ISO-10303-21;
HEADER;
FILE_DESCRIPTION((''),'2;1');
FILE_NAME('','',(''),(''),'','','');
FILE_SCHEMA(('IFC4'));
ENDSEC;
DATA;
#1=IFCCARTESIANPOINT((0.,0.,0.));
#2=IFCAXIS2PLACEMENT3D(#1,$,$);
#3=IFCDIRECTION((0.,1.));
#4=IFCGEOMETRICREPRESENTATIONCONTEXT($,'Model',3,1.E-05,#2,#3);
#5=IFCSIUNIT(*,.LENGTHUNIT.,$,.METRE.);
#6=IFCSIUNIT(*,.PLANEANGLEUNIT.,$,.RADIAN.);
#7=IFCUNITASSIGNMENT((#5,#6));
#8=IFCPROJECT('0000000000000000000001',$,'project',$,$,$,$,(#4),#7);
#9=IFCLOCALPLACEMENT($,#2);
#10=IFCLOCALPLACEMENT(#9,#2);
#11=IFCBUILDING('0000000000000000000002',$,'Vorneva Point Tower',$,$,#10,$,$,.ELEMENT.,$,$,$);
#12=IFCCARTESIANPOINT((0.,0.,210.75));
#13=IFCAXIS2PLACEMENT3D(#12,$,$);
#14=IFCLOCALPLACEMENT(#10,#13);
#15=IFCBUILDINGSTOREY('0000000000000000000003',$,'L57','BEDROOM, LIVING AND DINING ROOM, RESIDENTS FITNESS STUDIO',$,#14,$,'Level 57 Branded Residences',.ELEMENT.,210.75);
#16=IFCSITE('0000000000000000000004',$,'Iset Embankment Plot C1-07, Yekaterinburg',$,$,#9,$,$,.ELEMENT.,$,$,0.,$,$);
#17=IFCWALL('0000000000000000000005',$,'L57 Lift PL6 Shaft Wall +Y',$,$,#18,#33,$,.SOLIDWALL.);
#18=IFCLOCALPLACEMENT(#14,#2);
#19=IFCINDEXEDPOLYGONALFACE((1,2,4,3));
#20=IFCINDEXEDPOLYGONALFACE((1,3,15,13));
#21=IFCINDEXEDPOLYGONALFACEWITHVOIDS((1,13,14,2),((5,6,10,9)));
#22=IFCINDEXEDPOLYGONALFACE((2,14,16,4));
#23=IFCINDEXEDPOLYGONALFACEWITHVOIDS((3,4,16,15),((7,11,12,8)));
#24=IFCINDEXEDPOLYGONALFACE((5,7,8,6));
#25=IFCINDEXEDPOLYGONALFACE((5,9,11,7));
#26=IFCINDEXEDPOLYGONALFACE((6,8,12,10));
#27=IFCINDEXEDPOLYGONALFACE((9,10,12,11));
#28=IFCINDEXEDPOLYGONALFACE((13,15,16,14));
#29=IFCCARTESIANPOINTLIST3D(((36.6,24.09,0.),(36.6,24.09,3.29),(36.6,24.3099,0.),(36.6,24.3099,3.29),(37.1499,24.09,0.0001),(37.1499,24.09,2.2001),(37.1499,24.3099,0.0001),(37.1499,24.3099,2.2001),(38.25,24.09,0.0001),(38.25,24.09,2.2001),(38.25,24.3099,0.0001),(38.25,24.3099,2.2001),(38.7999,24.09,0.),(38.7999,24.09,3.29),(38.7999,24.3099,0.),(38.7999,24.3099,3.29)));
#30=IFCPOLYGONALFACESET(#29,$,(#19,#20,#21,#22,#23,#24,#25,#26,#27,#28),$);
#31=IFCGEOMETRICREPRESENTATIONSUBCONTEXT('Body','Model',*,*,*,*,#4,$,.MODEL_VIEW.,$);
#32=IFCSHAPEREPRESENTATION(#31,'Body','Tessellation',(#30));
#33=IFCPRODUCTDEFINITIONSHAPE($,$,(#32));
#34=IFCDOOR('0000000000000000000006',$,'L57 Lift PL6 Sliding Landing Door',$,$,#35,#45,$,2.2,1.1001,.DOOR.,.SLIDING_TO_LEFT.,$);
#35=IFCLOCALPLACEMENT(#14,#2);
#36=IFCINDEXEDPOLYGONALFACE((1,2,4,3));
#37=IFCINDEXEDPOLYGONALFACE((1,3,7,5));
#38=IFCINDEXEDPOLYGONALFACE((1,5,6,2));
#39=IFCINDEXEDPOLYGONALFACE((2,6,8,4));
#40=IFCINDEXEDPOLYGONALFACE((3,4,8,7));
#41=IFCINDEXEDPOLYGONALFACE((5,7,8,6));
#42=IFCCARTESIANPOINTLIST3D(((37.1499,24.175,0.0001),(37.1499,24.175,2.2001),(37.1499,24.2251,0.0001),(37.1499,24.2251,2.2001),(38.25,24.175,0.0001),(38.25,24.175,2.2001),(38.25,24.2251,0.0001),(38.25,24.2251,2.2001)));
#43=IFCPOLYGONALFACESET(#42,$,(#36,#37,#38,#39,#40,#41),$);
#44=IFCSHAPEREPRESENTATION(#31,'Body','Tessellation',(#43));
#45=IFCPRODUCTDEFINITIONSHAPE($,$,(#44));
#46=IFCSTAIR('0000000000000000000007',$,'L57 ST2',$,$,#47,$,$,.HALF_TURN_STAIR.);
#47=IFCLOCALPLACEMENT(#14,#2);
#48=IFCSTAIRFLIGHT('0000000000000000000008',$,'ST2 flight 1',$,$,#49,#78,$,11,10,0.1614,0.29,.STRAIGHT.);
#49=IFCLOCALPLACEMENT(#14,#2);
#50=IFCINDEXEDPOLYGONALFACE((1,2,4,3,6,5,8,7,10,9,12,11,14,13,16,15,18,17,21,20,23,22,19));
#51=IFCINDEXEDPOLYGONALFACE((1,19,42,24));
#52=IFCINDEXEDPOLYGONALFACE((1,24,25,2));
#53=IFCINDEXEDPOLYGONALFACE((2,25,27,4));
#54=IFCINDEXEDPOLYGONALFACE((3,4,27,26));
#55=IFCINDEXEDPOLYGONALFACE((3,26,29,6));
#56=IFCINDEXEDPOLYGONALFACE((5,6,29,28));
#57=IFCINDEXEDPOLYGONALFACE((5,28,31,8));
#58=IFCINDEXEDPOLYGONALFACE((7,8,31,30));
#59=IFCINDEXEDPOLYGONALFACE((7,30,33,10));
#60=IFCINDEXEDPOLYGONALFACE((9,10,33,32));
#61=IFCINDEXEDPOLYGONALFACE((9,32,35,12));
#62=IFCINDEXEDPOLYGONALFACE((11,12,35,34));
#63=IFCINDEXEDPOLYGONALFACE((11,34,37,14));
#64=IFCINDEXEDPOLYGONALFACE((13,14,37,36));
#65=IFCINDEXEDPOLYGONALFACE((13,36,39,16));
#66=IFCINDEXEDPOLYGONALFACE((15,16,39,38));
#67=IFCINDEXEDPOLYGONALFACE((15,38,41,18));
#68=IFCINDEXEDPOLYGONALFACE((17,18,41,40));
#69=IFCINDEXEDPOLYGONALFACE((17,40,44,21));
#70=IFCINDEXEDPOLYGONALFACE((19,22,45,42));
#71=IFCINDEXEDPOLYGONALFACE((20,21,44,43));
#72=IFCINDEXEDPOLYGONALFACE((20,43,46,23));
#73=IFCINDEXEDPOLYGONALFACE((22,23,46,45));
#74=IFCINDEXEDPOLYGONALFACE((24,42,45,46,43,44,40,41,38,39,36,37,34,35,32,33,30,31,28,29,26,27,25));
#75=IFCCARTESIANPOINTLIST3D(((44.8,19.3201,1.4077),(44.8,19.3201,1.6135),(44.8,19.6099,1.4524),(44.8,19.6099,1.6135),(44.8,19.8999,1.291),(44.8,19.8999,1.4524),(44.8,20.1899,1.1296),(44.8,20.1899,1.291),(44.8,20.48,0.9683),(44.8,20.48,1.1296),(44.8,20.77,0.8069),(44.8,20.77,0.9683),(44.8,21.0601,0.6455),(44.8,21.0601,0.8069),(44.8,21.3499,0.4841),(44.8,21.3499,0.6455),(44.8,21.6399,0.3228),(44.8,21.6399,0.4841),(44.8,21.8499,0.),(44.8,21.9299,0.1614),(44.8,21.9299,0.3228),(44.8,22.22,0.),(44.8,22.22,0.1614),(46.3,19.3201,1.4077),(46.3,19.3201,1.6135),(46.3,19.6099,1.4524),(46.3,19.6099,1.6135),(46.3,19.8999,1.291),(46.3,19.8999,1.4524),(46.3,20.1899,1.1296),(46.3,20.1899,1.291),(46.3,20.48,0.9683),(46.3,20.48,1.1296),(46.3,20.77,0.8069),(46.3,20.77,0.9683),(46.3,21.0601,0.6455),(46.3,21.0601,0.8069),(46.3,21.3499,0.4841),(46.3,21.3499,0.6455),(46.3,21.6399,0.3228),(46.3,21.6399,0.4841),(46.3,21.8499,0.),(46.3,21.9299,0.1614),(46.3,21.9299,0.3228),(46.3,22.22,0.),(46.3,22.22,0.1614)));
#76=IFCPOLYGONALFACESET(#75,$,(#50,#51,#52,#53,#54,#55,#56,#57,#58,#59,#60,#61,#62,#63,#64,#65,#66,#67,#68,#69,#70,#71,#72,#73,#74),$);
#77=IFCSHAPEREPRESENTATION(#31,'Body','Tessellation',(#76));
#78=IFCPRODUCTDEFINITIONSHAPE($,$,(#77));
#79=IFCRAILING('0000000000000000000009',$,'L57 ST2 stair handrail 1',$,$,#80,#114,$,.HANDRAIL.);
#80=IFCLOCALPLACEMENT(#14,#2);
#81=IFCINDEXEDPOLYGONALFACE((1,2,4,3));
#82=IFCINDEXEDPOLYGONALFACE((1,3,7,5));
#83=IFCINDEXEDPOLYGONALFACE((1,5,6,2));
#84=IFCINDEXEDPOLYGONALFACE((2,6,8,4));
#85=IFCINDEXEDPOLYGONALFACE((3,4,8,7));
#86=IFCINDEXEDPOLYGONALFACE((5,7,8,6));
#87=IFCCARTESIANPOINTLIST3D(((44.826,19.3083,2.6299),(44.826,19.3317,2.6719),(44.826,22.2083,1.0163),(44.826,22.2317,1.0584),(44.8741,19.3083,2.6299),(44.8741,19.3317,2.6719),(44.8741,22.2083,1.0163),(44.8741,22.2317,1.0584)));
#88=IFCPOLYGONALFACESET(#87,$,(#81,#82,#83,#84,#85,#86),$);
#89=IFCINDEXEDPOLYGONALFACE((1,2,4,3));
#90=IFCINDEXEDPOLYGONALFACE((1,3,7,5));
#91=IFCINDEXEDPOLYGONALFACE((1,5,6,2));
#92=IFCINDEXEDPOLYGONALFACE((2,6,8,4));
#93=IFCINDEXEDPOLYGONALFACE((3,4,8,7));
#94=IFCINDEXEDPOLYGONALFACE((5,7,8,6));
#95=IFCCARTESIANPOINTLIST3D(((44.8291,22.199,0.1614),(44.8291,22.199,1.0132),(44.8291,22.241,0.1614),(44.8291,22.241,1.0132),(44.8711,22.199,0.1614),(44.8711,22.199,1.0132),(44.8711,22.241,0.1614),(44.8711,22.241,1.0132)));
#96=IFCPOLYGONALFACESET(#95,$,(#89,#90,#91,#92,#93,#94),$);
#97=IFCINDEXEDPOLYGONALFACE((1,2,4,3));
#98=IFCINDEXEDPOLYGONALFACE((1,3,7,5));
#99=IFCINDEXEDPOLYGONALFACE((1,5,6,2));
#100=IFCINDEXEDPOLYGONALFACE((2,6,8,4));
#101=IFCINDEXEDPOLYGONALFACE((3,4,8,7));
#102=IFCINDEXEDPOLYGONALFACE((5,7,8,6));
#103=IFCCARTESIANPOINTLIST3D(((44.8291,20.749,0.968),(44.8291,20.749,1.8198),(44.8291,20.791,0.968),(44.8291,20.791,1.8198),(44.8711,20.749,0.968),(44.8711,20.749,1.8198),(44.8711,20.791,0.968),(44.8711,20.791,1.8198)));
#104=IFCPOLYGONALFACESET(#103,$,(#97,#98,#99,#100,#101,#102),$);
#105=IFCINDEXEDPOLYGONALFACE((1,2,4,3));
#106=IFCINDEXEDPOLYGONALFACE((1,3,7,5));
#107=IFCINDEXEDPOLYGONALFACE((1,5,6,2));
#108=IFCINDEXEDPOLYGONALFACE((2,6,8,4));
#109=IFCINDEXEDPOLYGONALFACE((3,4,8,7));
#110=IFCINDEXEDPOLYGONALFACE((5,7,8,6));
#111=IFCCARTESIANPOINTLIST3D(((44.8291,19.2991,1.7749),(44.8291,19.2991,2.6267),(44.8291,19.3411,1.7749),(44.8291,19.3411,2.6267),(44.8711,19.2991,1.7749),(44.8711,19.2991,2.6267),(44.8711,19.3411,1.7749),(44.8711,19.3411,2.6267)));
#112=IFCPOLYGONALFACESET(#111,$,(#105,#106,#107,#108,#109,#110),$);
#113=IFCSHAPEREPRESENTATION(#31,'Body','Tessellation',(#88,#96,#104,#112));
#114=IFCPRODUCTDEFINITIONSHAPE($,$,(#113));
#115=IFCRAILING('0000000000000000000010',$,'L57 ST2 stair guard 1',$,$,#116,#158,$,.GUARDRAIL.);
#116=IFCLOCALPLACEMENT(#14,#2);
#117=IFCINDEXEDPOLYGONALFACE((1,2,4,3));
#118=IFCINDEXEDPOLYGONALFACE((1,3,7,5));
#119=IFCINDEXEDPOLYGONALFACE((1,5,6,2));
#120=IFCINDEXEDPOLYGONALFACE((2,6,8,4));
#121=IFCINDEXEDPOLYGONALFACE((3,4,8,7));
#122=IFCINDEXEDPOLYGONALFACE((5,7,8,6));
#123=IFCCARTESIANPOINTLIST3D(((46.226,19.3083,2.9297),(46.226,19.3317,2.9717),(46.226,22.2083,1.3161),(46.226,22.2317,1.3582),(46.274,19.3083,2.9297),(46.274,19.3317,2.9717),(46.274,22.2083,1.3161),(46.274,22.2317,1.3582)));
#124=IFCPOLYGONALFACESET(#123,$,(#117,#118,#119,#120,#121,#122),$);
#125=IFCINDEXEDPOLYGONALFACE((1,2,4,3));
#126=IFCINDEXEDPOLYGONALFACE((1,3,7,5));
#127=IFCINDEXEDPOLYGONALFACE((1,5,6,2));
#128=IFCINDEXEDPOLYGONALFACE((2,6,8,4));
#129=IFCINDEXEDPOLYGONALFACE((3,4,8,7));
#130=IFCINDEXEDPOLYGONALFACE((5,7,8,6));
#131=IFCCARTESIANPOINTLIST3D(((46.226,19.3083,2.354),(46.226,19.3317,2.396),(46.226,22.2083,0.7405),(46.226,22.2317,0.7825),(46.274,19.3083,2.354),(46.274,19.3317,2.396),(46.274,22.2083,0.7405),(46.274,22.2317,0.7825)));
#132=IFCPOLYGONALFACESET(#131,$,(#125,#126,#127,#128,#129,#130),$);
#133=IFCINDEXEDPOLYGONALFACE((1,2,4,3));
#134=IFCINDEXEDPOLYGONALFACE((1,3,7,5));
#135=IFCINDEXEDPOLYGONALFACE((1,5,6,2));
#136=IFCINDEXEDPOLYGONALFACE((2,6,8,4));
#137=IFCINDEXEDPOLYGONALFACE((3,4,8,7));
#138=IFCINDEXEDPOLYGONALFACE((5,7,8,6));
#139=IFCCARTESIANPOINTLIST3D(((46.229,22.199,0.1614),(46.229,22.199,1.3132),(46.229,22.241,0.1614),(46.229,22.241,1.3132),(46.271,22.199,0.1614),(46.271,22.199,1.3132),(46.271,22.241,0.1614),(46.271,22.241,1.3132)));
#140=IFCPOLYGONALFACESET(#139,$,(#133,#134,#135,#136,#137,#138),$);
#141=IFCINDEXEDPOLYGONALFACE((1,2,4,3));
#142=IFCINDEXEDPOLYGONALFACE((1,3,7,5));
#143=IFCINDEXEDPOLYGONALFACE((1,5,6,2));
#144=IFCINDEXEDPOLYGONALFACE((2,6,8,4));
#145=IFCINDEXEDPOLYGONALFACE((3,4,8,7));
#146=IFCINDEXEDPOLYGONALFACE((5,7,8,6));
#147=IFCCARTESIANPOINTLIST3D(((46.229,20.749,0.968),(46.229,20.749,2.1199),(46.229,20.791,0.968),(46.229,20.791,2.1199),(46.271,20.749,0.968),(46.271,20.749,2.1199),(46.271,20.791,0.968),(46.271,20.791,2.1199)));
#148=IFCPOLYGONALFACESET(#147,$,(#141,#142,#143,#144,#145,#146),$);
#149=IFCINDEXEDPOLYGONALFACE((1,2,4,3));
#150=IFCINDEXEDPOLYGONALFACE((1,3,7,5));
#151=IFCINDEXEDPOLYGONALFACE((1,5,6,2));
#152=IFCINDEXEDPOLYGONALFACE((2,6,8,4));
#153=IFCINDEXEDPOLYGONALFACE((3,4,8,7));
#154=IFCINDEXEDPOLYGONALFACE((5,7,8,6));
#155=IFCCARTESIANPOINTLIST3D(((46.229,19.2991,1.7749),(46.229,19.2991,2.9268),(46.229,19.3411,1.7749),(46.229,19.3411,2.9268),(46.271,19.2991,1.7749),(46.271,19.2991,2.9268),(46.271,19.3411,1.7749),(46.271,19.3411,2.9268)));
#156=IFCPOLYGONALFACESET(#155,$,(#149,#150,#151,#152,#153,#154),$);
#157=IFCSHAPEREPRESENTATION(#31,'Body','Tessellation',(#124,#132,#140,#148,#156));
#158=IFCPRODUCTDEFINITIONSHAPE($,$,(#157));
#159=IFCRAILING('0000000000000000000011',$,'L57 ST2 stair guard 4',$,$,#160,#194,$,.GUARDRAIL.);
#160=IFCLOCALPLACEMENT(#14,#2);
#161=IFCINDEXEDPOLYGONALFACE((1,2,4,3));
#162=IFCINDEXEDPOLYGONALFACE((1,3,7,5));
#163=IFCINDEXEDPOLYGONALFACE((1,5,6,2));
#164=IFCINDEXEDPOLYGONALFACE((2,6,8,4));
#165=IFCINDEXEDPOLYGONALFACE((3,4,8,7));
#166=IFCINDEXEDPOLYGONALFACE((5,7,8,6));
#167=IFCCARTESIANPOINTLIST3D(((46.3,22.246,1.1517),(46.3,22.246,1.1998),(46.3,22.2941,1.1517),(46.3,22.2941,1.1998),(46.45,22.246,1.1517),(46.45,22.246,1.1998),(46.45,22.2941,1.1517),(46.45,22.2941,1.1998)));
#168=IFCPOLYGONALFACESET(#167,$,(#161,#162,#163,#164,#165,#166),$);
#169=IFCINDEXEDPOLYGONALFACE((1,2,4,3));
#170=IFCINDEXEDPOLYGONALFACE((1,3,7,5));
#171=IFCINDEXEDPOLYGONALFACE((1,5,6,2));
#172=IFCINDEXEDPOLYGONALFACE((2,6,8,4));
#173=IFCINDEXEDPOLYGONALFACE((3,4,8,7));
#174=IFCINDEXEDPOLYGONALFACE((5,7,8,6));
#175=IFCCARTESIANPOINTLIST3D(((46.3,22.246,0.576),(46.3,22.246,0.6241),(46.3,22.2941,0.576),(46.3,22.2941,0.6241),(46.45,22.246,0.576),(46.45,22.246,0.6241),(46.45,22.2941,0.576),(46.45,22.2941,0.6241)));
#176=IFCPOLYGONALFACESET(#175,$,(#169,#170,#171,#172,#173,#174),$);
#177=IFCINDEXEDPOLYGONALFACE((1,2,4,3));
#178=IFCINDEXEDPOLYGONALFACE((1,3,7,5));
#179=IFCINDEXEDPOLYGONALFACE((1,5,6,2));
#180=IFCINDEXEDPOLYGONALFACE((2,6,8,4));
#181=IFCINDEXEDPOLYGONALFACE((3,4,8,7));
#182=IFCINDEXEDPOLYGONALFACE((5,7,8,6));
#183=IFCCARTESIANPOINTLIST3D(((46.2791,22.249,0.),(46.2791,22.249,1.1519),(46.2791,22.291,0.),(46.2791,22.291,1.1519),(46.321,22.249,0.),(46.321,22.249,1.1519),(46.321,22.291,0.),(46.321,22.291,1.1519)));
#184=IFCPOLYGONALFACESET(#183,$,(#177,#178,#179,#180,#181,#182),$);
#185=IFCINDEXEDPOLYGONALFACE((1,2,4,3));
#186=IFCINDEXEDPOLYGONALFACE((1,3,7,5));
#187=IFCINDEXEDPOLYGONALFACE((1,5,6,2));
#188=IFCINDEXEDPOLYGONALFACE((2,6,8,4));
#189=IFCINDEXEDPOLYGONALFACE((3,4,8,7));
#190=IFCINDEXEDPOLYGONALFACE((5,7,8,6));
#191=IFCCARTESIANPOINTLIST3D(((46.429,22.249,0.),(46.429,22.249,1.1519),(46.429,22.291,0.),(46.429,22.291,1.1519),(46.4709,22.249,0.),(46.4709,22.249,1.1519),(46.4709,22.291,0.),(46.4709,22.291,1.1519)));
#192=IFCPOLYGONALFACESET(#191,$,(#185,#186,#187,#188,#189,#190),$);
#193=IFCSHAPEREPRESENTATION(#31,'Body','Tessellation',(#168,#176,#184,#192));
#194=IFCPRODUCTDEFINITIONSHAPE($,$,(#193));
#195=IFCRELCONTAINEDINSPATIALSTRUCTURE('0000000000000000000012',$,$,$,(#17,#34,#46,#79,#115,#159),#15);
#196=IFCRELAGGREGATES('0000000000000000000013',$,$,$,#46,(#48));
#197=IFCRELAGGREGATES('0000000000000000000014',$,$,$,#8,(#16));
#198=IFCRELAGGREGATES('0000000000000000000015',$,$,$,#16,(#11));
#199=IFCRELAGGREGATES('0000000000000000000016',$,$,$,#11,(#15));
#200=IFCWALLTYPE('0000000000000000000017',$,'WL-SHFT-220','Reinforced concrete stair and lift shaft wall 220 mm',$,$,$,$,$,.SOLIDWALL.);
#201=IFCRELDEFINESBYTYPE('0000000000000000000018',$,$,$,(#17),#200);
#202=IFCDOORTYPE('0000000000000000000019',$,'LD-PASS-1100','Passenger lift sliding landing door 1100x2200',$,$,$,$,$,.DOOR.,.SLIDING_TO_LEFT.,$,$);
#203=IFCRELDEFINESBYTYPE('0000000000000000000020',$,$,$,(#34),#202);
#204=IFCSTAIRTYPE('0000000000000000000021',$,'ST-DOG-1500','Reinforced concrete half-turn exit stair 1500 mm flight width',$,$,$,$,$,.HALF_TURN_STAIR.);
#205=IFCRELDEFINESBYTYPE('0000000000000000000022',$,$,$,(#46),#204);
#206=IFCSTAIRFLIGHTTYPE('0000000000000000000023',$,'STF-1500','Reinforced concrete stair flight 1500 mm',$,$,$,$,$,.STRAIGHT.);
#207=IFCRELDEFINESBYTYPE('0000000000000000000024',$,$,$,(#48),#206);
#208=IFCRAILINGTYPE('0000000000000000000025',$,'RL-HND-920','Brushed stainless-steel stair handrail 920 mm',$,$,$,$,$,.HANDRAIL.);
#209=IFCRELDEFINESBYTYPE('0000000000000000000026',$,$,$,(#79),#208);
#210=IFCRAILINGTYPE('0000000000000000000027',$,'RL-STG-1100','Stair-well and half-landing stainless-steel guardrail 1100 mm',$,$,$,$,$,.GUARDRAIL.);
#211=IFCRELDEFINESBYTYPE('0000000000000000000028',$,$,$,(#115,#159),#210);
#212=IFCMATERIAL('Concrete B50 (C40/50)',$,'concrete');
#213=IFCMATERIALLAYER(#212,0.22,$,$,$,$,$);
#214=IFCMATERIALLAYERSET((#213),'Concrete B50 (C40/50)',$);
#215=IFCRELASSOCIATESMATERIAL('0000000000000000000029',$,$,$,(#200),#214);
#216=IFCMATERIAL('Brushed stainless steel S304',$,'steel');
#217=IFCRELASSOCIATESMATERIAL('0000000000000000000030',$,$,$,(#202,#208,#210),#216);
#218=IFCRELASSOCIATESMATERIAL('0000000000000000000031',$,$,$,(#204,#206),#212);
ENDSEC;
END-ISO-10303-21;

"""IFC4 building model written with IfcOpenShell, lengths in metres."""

from ifc_helpers import new_model, si_unit, direction, frame, frame_2d, origin, origin_2d, place, context, subcontext, project, spatial, polyline, rectangle, outline, extrude, material, layer, layer_set, type_object, element, fill, aggregate, save


model = new_model("IFC4")

# Units and contexts
model_context = context("Model", 3, precision=1e-05, world=origin(), true_north=direction((0.0, 1.0)))
body_context = subcontext(model_context, "Body", "Model", "MODEL_VIEW")
ifc_project = project(units=[si_unit("LENGTHUNIT", "METRE"), si_unit("PLANEANGLEUNIT", "RADIAN")], contexts=[model_context])

# Site, building, storey
site_placement = place(None, origin())
site = spatial("IfcSite", under=ifc_project, at=site_placement, Name="Iset Embankment Plot C1-07, Yekaterinburg", CompositionType="ELEMENT", RefElevation=0.0)
building_placement = place(site_placement, origin())
building = spatial("IfcBuilding", under=site, at=building_placement, Name="Vorneva Point Tower", CompositionType="ELEMENT")
storey_placement = place(building_placement, frame((0.0, 0.0, 210.75)))
storey = spatial("IfcBuildingStorey", under=building, at=storey_placement, Name="L57", Description="BEDROOM, LIVING AND DINING ROOM, RESIDENTS FITNESS STUDIO", LongName="Level 57 Branded Residences", CompositionType="ELEMENT", Elevation=210.75)

# Shared definitions
ifc_material_1 = material(Name="Concrete B50 (C40/50)", Category="concrete")

# Shared definitions
ifc_layer_1 = layer(ifc_material_1, 0.22)
ifc_layer_set_1 = layer_set([ifc_layer_1], Name="Concrete B50 (C40/50)")
wall_type_1 = type_object("IfcWallType", Name="WL-SHFT-220", Description="Reinforced concrete stair and lift shaft wall 220 mm", PredefinedType="SOLIDWALL", material=ifc_layer_set_1)

# Wall, opening, door
wall_1_placement = place(storey_placement, frame((38.8, 24.2, 0.0), z_axis=(0.0, 0.0, 1.0), x_axis=(-1.0, 0.0, 0.0)))
wall_1 = element("IfcWall", 1, at=wall_1_placement, inside=storey, type_object=wall_type_1, Name="L57 Lift PL6 Shaft Wall +Y", PredefinedType="SOLIDWALL", context=body_context, shape_type="SweptSolid", body=[
    extrude(rectangle(XDim=2.2, YDim=0.22, at=frame_2d((1.1001, 0.0))), origin(), (0.0, 0.0, 1.0), 3.29),
])
opening_1_placement = place(wall_1_placement, frame((0.55, 0.0, 0.0)))
opening_1 = element("IfcOpeningElement", 2, at=opening_1_placement, cuts=wall_1, PredefinedType="OPENING", context=body_context, shape_type="SweptSolid", body=[
    extrude(rectangle(XDim=1.1001, YDim=2.2, at=frame_2d((0.55, 1.1001))), frame((0.0, 0.125, 0.0), z_axis=(0.0, -1.0, 0.0), x_axis=(1.0, 0.0, 0.0)), (0.0, 0.0, 1.0), 0.2498),
])
ifc_material_2 = material(Name="Brushed stainless steel S304", Category="steel")
door_type_1 = type_object("IfcDoorType", Name="LD-PASS-1100", Description="Passenger lift sliding landing door 1100x2200", OperationType="SLIDING_TO_LEFT", PredefinedType="DOOR", material=ifc_material_2)
door_1_placement = place(opening_1_placement, origin())
door_1 = element("IfcDoor", 3, at=door_1_placement, inside=storey, type_object=door_type_1, Name="L57 Lift PL6 Sliding Landing Door", OperationType="SLIDING_TO_LEFT", OverallHeight=2.2, OverallWidth=1.1001, PredefinedType="DOOR", context=body_context, shape_type="SweptSolid", body=[
    extrude(rectangle(XDim=1.1001, YDim=2.2, at=frame_2d((0.55, 1.1001))), frame((0.0, 0.0249, 0.0), z_axis=(0.0, -1.0, 0.0), x_axis=(1.0, 0.0, 0.0)), (0.0, 0.0, 1.0), 0.05),
])
fill(opening_1, door_1)

# Stair, stair flight
stair_type = type_object("IfcStairType", Name="ST-DOG-1500", Description="Reinforced concrete half-turn exit stair 1500 mm flight width", PredefinedType="HALF_TURN_STAIR", material=ifc_material_1)
stair_placement = place(storey_placement, origin())
stair = element("IfcStair", 4, at=stair_placement, inside=storey, type_object=stair_type, Name="L57 ST2", PredefinedType="HALF_TURN_STAIR")
stair_flight_type = type_object("IfcStairFlightType", Name="STF-1500", Description="Reinforced concrete stair flight 1500 mm", PredefinedType="STRAIGHT", material=ifc_material_1)
stair_flight_placement = place(storey_placement, frame((45.55, 22.22, 0.0), z_axis=(0.0, 0.0, 1.0), x_axis=(0.0, -1.0, 0.0)))
stair_flight = element("IfcStairFlight", 5, at=stair_flight_placement, type_object=stair_flight_type, Name="ST2 flight 1", NumberOfRisers=11, NumberOfTreads=10, PredefinedType="STRAIGHT", RiserHeight=0.1614, TreadLength=0.29, context=body_context, shape_type="SweptSolid", body=[
    extrude(outline(polyline([(0.0, 0.0), (0.0, 0.1614), (0.29, 0.1614), (0.29, 0.3228), (0.5801, 0.3228), (0.5801, 0.4841), (0.8701, 0.4841), (0.8701, 0.6455), (1.1599, 0.6455), (1.1599, 0.8069), (1.45, 0.8069), (1.45, 0.9683), (1.74, 0.9683), (1.74, 1.1296), (2.03, 1.1296), (2.03, 1.291), (2.3201, 1.291), (2.3201, 1.4524), (2.6101, 1.4524), (2.6101, 1.6135), (2.8999, 1.6135), (2.8999, 1.7749), (2.8999, 1.4077), (0.3701, 0.0), (0.0, 0.0)])), frame((0.0, 0.75, 0.0), z_axis=(0.0, -1.0, 0.0), x_axis=(1.0, 0.0, 0.0)), (0.0, 0.0, 1.0), 1.5),
])
aggregate(stair, [stair_flight])

# Railings
railing_type_1 = type_object("IfcRailingType", Name="RL-HND-920", Description="Brushed stainless-steel stair handrail 920 mm", PredefinedType="HANDRAIL", material=ifc_material_2)
railing_1_placement = place(storey_placement, frame((44.8501, 22.22, 0.1614)))
element("IfcRailing", 6, at=railing_1_placement, inside=storey, type_object=railing_type_1, Name="L57 ST2 stair handrail 1", PredefinedType="HANDRAIL", context=body_context, shape_type="SweptSolid", body=[
    extrude(rectangle(XDim=0.0481, YDim=0.0481, at=origin_2d()), frame((0.0, 0.0, 0.876), z_axis=(0.0, -0.873841, 0.486211), x_axis=(1.0, 0.0, 0.0)), (0.0, 0.0, 1.0), 3.3186),
    extrude(rectangle(XDim=0.042, YDim=0.042, at=origin_2d()), origin(), (0.0, 0.0, 1.0), 0.8518),
    extrude(rectangle(XDim=0.042, YDim=0.042, at=origin_2d()), frame((0.0, -1.45, 0.8066)), (0.0, 0.0, 1.0), 0.8518),
    extrude(rectangle(XDim=0.042, YDim=0.042, at=origin_2d()), frame((0.0, -2.8999, 1.6135)), (0.0, 0.0, 1.0), 0.8518),
])
railing_type_2 = type_object("IfcRailingType", Name="RL-STG-1100", Description="Stair-well and half-landing stainless-steel guardrail 1100 mm", PredefinedType="GUARDRAIL", material=ifc_material_2)
railing_2_placement = place(storey_placement, frame((46.25, 22.22, 0.1614)))
element("IfcRailing", 7, at=railing_2_placement, inside=storey, type_object=railing_type_2, Name="L57 ST2 stair guard 1", PredefinedType="GUARDRAIL", context=body_context, shape_type="SweptSolid", body=[
    extrude(rectangle(XDim=0.0481, YDim=0.0481, at=origin_2d()), frame((0.0, 0.0, 1.1758), z_axis=(0.0, -0.873841, 0.486211), x_axis=(1.0, 0.0, 0.0)), (0.0, 0.0, 1.0), 3.3186),
    extrude(rectangle(XDim=0.0481, YDim=0.0481, at=origin_2d()), frame((0.0, 0.0, 0.6001), z_axis=(0.0, -0.873841, 0.486211), x_axis=(1.0, 0.0, 0.0)), (0.0, 0.0, 1.0), 3.3186),
    extrude(rectangle(XDim=0.042, YDim=0.042, at=origin_2d()), origin(), (0.0, 0.0, 1.0), 1.1519),
    extrude(rectangle(XDim=0.042, YDim=0.042, at=origin_2d()), frame((0.0, -1.45, 0.8066)), (0.0, 0.0, 1.0), 1.1519),
    extrude(rectangle(XDim=0.042, YDim=0.042, at=origin_2d()), frame((0.0, -2.8999, 1.6135)), (0.0, 0.0, 1.0), 1.1519),
])
railing_3_placement = place(storey_placement, frame((46.3, 22.27, 0.0)))
element("IfcRailing", 8, at=railing_3_placement, inside=storey, type_object=railing_type_2, Name="L57 ST2 stair guard 4", PredefinedType="GUARDRAIL", context=body_context, shape_type="SweptSolid", body=[
    extrude(rectangle(XDim=0.0481, YDim=0.0481, at=origin_2d()), frame((0.0, 0.0, 1.1758), z_axis=(1.0, 0.0, 0.0), x_axis=(0.0, 1.0, 0.0)), (0.0, 0.0, 1.0), 0.1499),
    extrude(rectangle(XDim=0.0481, YDim=0.0481, at=origin_2d()), frame((0.0, 0.0, 0.6001), z_axis=(1.0, 0.0, 0.0), x_axis=(0.0, 1.0, 0.0)), (0.0, 0.0, 1.0), 0.1499),
    extrude(rectangle(XDim=0.042, YDim=0.042, at=origin_2d()), origin(), (0.0, 0.0, 1.0), 1.1519),
    extrude(rectangle(XDim=0.042, YDim=0.042, at=origin_2d()), frame((0.1499, 0.0, 0.0)), (0.0, 0.0, 1.0), 1.1519),
])

save(model, "model.ifc")
